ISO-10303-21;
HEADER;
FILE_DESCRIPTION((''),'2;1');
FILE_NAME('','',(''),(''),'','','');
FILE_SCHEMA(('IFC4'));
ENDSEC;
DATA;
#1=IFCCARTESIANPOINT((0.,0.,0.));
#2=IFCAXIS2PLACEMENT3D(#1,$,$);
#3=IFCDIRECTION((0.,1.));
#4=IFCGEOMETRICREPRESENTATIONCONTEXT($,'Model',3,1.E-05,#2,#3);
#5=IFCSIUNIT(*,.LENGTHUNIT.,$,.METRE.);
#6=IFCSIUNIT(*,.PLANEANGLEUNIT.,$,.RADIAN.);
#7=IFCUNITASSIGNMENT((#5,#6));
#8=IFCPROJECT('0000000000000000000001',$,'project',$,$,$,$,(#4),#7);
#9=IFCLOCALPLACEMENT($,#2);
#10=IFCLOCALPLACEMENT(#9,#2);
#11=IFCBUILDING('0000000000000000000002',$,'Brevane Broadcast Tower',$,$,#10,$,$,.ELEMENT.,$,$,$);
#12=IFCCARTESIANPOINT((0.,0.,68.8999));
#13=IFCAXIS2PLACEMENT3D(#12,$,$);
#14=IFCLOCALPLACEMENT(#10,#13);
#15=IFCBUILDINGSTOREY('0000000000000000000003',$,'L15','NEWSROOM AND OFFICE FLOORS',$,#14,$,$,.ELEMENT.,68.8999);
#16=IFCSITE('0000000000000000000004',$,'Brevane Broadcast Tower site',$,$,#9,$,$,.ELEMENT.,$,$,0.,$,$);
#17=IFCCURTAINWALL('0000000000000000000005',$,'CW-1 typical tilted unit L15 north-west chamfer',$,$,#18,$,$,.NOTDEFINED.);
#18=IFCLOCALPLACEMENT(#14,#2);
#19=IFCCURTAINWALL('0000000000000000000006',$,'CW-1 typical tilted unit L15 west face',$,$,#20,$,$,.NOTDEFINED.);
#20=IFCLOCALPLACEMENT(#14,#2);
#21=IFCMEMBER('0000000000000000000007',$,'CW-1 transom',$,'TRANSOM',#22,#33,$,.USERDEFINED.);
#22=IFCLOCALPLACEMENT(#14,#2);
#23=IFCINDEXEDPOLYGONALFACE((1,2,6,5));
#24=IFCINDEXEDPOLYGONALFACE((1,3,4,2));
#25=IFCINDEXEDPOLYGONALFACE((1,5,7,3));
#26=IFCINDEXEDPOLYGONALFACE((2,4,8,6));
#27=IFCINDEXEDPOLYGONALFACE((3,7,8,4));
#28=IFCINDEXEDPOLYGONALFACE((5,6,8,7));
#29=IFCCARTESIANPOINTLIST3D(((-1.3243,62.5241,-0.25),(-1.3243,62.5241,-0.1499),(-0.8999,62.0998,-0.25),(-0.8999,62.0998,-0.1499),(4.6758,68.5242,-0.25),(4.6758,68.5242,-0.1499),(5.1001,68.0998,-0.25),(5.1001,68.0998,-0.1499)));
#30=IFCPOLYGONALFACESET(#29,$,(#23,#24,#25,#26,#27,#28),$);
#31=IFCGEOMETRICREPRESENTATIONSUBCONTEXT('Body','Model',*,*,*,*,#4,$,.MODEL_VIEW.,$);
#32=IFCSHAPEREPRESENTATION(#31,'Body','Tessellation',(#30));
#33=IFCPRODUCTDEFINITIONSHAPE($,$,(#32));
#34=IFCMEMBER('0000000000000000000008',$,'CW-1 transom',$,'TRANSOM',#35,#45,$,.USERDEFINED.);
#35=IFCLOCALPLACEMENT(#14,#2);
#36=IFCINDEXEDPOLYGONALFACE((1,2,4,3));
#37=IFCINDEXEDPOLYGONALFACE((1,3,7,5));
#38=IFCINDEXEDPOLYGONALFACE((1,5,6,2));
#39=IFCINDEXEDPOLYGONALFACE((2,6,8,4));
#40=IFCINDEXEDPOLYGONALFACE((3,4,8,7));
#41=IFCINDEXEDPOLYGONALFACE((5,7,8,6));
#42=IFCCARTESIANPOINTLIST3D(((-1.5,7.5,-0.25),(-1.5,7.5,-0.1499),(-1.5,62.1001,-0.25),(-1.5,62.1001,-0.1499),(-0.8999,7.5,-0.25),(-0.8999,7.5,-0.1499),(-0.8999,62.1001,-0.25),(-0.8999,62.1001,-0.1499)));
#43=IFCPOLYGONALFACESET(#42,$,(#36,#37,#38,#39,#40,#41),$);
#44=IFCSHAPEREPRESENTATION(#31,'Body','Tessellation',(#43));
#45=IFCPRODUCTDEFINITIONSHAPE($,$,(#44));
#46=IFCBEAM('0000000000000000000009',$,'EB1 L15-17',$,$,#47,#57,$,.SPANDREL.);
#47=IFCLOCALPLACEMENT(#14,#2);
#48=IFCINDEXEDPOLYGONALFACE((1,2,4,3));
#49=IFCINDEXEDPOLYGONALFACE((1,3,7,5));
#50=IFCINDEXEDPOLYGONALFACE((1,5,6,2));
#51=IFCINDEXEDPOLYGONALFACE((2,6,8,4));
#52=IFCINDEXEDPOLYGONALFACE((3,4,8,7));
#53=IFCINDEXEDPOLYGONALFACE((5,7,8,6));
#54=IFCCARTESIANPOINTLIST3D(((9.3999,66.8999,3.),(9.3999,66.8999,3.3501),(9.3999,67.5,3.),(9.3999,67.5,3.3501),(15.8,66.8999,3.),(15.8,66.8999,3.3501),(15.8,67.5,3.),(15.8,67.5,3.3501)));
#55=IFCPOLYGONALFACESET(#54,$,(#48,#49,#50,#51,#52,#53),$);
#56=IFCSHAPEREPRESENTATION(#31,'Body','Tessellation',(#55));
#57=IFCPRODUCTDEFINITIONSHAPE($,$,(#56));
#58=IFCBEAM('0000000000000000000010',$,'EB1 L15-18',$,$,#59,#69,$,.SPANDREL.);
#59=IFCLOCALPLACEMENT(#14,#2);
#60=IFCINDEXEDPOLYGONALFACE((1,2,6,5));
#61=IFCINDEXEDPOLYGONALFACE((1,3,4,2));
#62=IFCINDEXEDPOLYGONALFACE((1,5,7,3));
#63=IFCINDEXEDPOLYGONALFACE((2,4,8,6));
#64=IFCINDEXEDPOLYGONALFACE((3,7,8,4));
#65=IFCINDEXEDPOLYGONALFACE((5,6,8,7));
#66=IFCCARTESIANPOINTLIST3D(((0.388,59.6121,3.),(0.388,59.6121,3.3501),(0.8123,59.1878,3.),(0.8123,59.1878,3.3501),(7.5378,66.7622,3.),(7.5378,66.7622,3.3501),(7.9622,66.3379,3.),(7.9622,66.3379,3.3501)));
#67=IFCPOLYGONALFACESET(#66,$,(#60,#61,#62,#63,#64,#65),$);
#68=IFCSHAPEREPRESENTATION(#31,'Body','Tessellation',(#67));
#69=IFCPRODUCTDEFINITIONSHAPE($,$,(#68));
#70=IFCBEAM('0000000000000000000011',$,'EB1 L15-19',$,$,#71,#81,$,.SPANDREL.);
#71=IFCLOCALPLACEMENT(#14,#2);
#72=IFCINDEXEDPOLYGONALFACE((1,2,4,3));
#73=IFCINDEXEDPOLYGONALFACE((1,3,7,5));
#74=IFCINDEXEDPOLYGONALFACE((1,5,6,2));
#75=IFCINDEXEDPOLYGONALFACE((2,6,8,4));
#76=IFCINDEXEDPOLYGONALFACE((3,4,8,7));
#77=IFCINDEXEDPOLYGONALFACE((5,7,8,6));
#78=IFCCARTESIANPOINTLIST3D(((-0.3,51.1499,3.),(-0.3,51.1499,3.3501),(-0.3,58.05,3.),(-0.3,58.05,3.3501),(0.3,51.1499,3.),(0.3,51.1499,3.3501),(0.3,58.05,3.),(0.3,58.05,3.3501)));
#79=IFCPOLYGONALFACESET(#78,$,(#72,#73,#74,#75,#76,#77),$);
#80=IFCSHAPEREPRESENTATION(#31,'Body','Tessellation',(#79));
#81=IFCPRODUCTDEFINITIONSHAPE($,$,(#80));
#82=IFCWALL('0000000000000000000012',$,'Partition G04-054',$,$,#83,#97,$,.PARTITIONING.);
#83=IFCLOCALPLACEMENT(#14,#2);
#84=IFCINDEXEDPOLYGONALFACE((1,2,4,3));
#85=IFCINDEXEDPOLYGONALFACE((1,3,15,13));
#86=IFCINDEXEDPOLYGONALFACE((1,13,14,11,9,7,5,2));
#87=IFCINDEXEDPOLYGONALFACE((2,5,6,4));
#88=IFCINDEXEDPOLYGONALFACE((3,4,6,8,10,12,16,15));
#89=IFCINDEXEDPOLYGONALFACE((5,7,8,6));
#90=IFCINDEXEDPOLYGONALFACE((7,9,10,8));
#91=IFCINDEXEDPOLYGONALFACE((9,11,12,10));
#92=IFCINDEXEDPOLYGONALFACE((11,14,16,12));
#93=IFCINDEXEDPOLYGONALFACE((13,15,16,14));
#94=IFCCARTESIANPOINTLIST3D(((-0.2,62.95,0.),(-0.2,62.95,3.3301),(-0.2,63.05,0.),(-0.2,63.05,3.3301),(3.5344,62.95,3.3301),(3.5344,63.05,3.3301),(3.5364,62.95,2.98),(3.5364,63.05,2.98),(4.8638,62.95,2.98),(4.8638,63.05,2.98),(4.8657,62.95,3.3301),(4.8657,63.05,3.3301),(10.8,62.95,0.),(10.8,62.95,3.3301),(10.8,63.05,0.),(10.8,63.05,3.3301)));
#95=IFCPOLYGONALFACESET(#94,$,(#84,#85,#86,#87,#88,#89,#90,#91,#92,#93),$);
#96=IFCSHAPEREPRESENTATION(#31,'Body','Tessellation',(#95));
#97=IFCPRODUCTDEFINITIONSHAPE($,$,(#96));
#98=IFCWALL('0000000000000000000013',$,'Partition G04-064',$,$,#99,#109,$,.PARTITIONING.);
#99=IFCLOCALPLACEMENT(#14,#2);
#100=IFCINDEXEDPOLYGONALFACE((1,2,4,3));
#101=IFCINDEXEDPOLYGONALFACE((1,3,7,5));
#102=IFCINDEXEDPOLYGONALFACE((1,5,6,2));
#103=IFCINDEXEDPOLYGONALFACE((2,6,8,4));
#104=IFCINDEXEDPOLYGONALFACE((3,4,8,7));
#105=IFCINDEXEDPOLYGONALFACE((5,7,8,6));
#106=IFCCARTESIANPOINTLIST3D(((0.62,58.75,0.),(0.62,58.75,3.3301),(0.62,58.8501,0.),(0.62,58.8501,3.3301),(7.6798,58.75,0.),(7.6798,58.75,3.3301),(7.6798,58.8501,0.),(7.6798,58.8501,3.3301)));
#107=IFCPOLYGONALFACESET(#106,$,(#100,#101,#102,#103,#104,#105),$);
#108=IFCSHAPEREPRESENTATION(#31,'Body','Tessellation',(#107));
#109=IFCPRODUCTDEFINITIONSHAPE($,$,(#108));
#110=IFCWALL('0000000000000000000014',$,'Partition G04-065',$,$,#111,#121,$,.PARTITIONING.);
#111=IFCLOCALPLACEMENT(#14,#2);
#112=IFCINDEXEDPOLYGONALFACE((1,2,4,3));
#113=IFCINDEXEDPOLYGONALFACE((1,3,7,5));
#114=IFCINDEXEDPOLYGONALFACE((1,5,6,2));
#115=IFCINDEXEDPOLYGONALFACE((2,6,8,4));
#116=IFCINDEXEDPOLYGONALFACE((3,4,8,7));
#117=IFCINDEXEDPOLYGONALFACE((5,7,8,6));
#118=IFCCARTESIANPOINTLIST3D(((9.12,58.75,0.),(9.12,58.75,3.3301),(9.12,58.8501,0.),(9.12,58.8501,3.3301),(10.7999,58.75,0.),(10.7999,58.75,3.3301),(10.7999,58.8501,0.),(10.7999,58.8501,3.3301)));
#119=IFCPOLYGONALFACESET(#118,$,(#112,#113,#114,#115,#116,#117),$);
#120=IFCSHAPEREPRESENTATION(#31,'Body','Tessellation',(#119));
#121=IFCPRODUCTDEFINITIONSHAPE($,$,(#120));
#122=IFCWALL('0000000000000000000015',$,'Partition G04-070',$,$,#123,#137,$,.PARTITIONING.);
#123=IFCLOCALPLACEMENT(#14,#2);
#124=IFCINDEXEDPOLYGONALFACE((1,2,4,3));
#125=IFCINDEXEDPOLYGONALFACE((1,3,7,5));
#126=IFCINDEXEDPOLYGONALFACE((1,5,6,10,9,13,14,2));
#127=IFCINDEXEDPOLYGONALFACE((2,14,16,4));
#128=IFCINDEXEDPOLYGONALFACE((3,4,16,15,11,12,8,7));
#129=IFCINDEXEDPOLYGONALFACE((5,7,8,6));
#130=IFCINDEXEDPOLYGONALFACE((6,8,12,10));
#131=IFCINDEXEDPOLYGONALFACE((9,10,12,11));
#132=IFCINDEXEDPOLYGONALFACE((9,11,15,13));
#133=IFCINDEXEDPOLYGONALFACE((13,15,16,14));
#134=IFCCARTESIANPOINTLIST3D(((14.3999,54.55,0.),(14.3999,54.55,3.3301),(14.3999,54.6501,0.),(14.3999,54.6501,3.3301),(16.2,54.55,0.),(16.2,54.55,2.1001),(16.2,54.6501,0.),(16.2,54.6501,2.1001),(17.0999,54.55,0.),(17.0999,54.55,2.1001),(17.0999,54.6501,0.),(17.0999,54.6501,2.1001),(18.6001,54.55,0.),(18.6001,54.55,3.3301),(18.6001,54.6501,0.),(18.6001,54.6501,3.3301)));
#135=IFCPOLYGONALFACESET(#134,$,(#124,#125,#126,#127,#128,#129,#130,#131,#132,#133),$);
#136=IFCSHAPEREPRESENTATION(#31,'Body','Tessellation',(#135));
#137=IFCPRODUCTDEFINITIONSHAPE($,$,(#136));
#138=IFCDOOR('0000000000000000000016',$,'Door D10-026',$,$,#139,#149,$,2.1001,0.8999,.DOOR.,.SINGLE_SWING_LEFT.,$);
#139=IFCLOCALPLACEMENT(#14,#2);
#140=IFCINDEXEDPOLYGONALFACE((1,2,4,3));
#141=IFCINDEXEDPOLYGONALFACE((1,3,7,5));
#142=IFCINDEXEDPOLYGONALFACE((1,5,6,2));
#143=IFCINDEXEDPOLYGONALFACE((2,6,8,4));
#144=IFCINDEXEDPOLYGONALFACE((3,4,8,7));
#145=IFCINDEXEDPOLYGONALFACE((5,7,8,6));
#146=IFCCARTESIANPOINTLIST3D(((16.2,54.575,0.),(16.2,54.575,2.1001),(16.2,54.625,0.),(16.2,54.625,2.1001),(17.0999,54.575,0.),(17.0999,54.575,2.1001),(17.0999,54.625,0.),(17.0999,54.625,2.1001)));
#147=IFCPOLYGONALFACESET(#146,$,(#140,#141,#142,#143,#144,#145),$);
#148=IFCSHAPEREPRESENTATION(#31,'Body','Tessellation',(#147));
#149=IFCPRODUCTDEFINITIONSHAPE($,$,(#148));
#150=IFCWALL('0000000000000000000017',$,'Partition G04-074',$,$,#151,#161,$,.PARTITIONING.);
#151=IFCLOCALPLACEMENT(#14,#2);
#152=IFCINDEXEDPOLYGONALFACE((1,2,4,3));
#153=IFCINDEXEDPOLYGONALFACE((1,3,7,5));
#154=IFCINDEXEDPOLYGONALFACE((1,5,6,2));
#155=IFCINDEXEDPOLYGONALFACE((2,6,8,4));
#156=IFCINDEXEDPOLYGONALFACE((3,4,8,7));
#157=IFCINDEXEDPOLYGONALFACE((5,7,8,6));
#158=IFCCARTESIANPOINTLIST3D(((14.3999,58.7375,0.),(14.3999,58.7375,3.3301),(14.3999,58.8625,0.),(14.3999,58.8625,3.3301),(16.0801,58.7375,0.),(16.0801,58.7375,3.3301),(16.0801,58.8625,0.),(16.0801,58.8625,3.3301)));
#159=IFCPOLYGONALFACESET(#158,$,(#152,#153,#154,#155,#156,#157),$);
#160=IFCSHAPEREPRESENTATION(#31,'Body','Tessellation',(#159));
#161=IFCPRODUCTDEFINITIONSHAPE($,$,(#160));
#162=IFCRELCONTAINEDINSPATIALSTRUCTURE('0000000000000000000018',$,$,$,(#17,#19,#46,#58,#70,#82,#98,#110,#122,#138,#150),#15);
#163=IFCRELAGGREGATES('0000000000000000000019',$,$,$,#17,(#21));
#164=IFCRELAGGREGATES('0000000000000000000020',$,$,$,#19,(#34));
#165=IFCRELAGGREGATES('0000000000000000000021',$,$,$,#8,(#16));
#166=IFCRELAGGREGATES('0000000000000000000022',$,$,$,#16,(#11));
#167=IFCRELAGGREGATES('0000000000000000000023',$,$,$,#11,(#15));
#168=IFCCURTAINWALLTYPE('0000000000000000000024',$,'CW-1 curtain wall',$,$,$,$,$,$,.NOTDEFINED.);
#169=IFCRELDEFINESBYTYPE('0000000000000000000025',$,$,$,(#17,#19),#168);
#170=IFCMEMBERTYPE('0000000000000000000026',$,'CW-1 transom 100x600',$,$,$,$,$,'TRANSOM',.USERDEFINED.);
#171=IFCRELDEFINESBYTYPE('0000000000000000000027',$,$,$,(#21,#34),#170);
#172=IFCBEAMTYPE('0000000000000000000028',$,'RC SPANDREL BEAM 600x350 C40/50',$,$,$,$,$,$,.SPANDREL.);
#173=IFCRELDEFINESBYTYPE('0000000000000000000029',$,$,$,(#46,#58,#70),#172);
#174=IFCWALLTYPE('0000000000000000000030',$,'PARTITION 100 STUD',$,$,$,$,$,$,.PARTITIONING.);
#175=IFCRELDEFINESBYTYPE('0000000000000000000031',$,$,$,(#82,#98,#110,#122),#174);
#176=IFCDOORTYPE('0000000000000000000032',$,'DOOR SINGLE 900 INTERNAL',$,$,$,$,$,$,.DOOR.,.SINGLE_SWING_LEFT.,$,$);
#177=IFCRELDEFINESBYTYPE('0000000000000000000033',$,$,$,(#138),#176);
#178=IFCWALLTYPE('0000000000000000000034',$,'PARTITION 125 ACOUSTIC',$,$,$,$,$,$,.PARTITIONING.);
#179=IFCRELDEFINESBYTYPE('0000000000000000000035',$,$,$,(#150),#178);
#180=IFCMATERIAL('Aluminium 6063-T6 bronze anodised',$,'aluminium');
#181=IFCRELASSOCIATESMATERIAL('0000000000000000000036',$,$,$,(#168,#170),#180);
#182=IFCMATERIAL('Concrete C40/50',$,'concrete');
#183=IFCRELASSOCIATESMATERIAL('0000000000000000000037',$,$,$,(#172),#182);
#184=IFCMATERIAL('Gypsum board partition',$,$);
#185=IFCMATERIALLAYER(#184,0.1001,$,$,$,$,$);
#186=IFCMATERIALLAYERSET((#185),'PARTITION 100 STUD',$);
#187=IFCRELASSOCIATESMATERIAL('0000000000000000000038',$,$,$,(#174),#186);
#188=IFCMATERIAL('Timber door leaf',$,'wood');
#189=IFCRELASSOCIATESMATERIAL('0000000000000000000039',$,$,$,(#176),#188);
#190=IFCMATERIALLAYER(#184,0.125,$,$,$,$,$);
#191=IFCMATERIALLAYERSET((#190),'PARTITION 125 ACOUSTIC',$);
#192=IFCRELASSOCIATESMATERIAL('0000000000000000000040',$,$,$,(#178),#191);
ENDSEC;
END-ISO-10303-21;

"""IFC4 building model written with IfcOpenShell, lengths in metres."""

from ifc_helpers import new_model, si_unit, direction, frame, frame_2d, origin, origin_2d, place, context, subcontext, project, spatial, polyline, rectangle, outline, extrude, material, layer, layer_set, material_profile, profile_set, type_object, element, fill, aggregate, save


model = new_model("IFC4")

# Units and contexts
model_context = context("Model", 3, precision=1e-05, world=origin(), true_north=direction((0.0, 1.0)))
body_context = subcontext(model_context, "Body", "Model", "MODEL_VIEW")
ifc_project = project(units=[si_unit("LENGTHUNIT", "METRE"), si_unit("PLANEANGLEUNIT", "RADIAN")], contexts=[model_context])

# Site, building, storey
site_placement = place(None, origin())
site = spatial("IfcSite", under=ifc_project, at=site_placement, Name="Brevane Broadcast Tower site", CompositionType="ELEMENT", RefElevation=0.0)
building_placement = place(site_placement, origin())
building = spatial("IfcBuilding", under=site, at=building_placement, Name="Brevane Broadcast Tower", CompositionType="ELEMENT")
storey_placement = place(building_placement, frame((0.0, 0.0, 68.8999)))
storey = spatial("IfcBuildingStorey", under=building, at=storey_placement, Name="L15", Description="NEWSROOM AND OFFICE FLOORS", CompositionType="ELEMENT", Elevation=68.8999)

# Curtain walls
ifc_material_1 = material(Name="Aluminium 6063-T6 bronze anodised", Category="aluminium")
curtain_wall_type = type_object("IfcCurtainWallType", Name="CW-1 curtain wall", PredefinedType="NOTDEFINED", material=ifc_material_1)
curtain_wall_1_placement = place(storey_placement, origin())
curtain_wall_1 = element("IfcCurtainWall", 1, at=curtain_wall_1_placement, inside=storey, type_object=curtain_wall_type, Name="CW-1 typical tilted unit L15 north-west chamfer", PredefinedType="NOTDEFINED")
curtain_wall_2_placement = place(storey_placement, origin())
curtain_wall_2 = element("IfcCurtainWall", 2, at=curtain_wall_2_placement, inside=storey, type_object=curtain_wall_type, Name="CW-1 typical tilted unit L15 west face", PredefinedType="NOTDEFINED")

# Members
ifc_material_profile_1 = material_profile(ifc_material_1, rectangle(XDim=0.6001, YDim=0.1001, at=origin_2d()), Name="RECT 100x600")
ifc_profile_set_1 = profile_set([ifc_material_profile_1], Name="Aluminium 6063-T6 bronze anodised")
member_type_1 = type_object("IfcMemberType", Name="CW-1 transom 100x600", ElementType="TRANSOM", PredefinedType="USERDEFINED", material=ifc_profile_set_1)
member_1_placement = place(storey_placement, frame((4.8879, 68.312, -0.2), z_axis=(-0.707107, -0.707107, 0.0), x_axis=(0.707107, -0.707107, 0.0)))
member_1 = element("IfcMember", 3, at=member_1_placement, type_object=member_type_1, Name="CW-1 transom", ObjectType="TRANSOM", PredefinedType="USERDEFINED", context=body_context, shape_type="SweptSolid", body=[
    extrude(rectangle(XDim=0.6001, YDim=0.1001, at=origin_2d()), origin(), (0.0, 0.0, 1.0), 8.4854),
])
aggregate(curtain_wall_1, [member_1])
member_2_placement = place(storey_placement, frame((-1.2, 62.1001, -0.2), z_axis=(0.0, -1.0, 0.0), x_axis=(1.0, 0.0, 0.0)))
member_2 = element("IfcMember", 4, at=member_2_placement, type_object=member_type_1, Name="CW-1 transom", ObjectType="TRANSOM", PredefinedType="USERDEFINED", context=body_context, shape_type="SweptSolid", body=[
    extrude(rectangle(XDim=0.6001, YDim=0.1001, at=origin_2d()), origin(), (0.0, 0.0, 1.0), 54.6001),
])
aggregate(curtain_wall_2, [member_2])

# Beams
ifc_material_2 = material(Name="Concrete C40/50", Category="concrete")
ifc_material_profile_2 = material_profile(ifc_material_2, rectangle(XDim=0.6001, YDim=0.3501, at=origin_2d()), Name="RC 600x350")
ifc_profile_set_2 = profile_set([ifc_material_profile_2], Name="Concrete C40/50")
beam_type = type_object("IfcBeamType", Name="RC SPANDREL BEAM 600x350 C40/50", PredefinedType="SPANDREL", material=ifc_profile_set_2)
beam_1_placement = place(storey_placement, frame((15.8, 67.2, 3.175), z_axis=(-1.0, 0.0, 0.0), x_axis=(0.0, -1.0, 0.0)))
element("IfcBeam", 5, at=beam_1_placement, inside=storey, type_object=beam_type, Name="EB1 L15-17", PredefinedType="SPANDREL", context=body_context, shape_type="SweptSolid", body=[
    extrude(rectangle(XDim=0.6001, YDim=0.3501, at=origin_2d()), origin(), (0.0, 0.0, 1.0), 6.4001),
])
beam_2_placement = place(storey_placement, frame((7.75, 66.55, 3.175), z_axis=(-0.707095, -0.707119, 0.0), x_axis=(0.707119, -0.707095, 0.0)))
element("IfcBeam", 6, at=beam_2_placement, inside=storey, type_object=beam_type, Name="EB1 L15-18", PredefinedType="SPANDREL", context=body_context, shape_type="SweptSolid", body=[
    extrude(rectangle(XDim=0.6001, YDim=0.3501, at=origin_2d()), origin(), (0.0, 0.0, 1.0), 10.1116),
])
beam_3_placement = place(storey_placement, frame((0.0, 58.05, 3.175), z_axis=(0.0, -1.0, 0.0), x_axis=(1.0, 0.0, 0.0)))
element("IfcBeam", 7, at=beam_3_placement, inside=storey, type_object=beam_type, Name="EB1 L15-19", PredefinedType="SPANDREL", context=body_context, shape_type="SweptSolid", body=[
    extrude(rectangle(XDim=0.6001, YDim=0.3501, at=origin_2d()), origin(), (0.0, 0.0, 1.0), 6.9001),
])

# Walls
ifc_material_3 = material(Name="Gypsum board partition")
ifc_layer_1 = layer(ifc_material_3, 0.1001)
ifc_layer_set_1 = layer_set([ifc_layer_1], Name="PARTITION 100 STUD")
wall_type_1 = type_object("IfcWallType", Name="PARTITION 100 STUD", PredefinedType="PARTITIONING", material=ifc_layer_set_1)
wall_1_placement = place(storey_placement, frame((10.8, 63.0, 0.0), z_axis=(0.0, 0.0, 1.0), x_axis=(-1.0, 0.0, 0.0)))
element("IfcWall", 8, at=wall_1_placement, inside=storey, type_object=wall_type_1, Name="Partition G04-054", PredefinedType="PARTITIONING", context=body_context, shape_type="SweptSolid", body=[
    extrude(outline(polyline([(0.0, 0.0), (11.0, 0.0), (11.0, 3.3301), (7.2656, 3.3301), (7.2637, 2.98), (5.9363, 2.98), (5.9343, 3.3301), (0.0, 3.3301), (0.0, 0.0)])), frame((0.0, 0.05, 0.0), z_axis=(0.0, -1.0, 0.0), x_axis=(1.0, 0.0, 0.0)), (0.0, 0.0, 1.0), 0.1001),
])
wall_2_placement = place(storey_placement, frame((0.6201, 58.8, 0.0), z_axis=(0.0, 0.0, 1.0), x_axis=(1.0, 0.0, 0.0)))
element("IfcWall", 9, at=wall_2_placement, inside=storey, type_object=wall_type_1, Name="Partition G04-064", PredefinedType="PARTITIONING", context=body_context, shape_type="SweptSolid", body=[
    extrude(rectangle(XDim=7.0598, YDim=0.1001, at=frame_2d((3.5298, 0.0))), origin(), (0.0, 0.0, 1.0), 3.3301),
])
wall_3_placement = place(storey_placement, frame((9.1201, 58.8, 0.0), z_axis=(0.0, 0.0, 1.0), x_axis=(1.0, 0.0, 0.0)))
element("IfcWall", 10, at=wall_3_placement, inside=storey, type_object=wall_type_1, Name="Partition G04-065", PredefinedType="PARTITIONING", context=body_context, shape_type="SweptSolid", body=[
    extrude(rectangle(XDim=1.6799, YDim=0.1001, at=frame_2d((0.8398, 0.0))), origin(), (0.0, 0.0, 1.0), 3.3301),
])

# Wall, opening, door
wall_4_placement = place(storey_placement, frame((14.3999, 54.6001, 0.0), z_axis=(0.0, 0.0, 1.0), x_axis=(1.0, 0.0, 0.0)))
wall_4 = element("IfcWall", 11, at=wall_4_placement, inside=storey, type_object=wall_type_1, Name="Partition G04-070", PredefinedType="PARTITIONING", context=body_context, shape_type="SweptSolid", body=[
    extrude(rectangle(XDim=4.2002, YDim=0.1001, at=frame_2d((2.1001, 0.0))), origin(), (0.0, 0.0, 1.0), 3.3301),
])
opening_1_placement = place(wall_4_placement, frame((1.8, 0.0, 0.0)))
opening_1 = element("IfcOpeningElement", 12, at=opening_1_placement, cuts=wall_4, PredefinedType="OPENING", context=body_context, shape_type="SweptSolid", body=[
    extrude(rectangle(XDim=0.8999, YDim=2.1001, at=frame_2d((0.45, 1.05))), frame((0.0, 0.0601, 0.0), z_axis=(0.0, -1.0, 0.0), x_axis=(1.0, 0.0, 0.0)), (0.0, 0.0, 1.0), 0.1201),
])
ifc_material_4 = material(Name="Timber door leaf", Category="wood")
door_type_1 = type_object("IfcDoorType", Name="DOOR SINGLE 900 INTERNAL", OperationType="SINGLE_SWING_LEFT", PredefinedType="DOOR", material=ifc_material_4)
door_1_placement = place(opening_1_placement, origin())
door_1 = element("IfcDoor", 13, at=door_1_placement, inside=storey, type_object=door_type_1, Name="Door D10-026", OperationType="SINGLE_SWING_LEFT", OverallHeight=2.1001, OverallWidth=0.8999, PredefinedType="DOOR", context=body_context, shape_type="SweptSolid", body=[
    extrude(rectangle(XDim=0.8999, YDim=2.1001, at=frame_2d((0.45, 1.05))), frame((0.0, 0.0249, 0.0), z_axis=(0.0, -1.0, 0.0), x_axis=(1.0, 0.0, 0.0)), (0.0, 0.0, 1.0), 0.05),
])
fill(opening_1, door_1)

# Wall
ifc_layer_2 = layer(ifc_material_3, 0.125)
ifc_layer_set_2 = layer_set([ifc_layer_2], Name="PARTITION 125 ACOUSTIC")
wall_type_2 = type_object("IfcWallType", Name="PARTITION 125 ACOUSTIC", PredefinedType="PARTITIONING", material=ifc_layer_set_2)
wall_5_placement = place(storey_placement, frame((14.3999, 58.8, 0.0), z_axis=(0.0, 0.0, 1.0), x_axis=(1.0, 0.0, 0.0)))
element("IfcWall", 14, at=wall_5_placement, inside=storey, type_object=wall_type_2, Name="Partition G04-074", PredefinedType="PARTITIONING", context=body_context, shape_type="SweptSolid", body=[
    extrude(rectangle(XDim=1.6802, YDim=0.125, at=frame_2d((0.8401, 0.0))), origin(), (0.0, 0.0, 1.0), 3.3301),
])

save(model, "model.ifc")
